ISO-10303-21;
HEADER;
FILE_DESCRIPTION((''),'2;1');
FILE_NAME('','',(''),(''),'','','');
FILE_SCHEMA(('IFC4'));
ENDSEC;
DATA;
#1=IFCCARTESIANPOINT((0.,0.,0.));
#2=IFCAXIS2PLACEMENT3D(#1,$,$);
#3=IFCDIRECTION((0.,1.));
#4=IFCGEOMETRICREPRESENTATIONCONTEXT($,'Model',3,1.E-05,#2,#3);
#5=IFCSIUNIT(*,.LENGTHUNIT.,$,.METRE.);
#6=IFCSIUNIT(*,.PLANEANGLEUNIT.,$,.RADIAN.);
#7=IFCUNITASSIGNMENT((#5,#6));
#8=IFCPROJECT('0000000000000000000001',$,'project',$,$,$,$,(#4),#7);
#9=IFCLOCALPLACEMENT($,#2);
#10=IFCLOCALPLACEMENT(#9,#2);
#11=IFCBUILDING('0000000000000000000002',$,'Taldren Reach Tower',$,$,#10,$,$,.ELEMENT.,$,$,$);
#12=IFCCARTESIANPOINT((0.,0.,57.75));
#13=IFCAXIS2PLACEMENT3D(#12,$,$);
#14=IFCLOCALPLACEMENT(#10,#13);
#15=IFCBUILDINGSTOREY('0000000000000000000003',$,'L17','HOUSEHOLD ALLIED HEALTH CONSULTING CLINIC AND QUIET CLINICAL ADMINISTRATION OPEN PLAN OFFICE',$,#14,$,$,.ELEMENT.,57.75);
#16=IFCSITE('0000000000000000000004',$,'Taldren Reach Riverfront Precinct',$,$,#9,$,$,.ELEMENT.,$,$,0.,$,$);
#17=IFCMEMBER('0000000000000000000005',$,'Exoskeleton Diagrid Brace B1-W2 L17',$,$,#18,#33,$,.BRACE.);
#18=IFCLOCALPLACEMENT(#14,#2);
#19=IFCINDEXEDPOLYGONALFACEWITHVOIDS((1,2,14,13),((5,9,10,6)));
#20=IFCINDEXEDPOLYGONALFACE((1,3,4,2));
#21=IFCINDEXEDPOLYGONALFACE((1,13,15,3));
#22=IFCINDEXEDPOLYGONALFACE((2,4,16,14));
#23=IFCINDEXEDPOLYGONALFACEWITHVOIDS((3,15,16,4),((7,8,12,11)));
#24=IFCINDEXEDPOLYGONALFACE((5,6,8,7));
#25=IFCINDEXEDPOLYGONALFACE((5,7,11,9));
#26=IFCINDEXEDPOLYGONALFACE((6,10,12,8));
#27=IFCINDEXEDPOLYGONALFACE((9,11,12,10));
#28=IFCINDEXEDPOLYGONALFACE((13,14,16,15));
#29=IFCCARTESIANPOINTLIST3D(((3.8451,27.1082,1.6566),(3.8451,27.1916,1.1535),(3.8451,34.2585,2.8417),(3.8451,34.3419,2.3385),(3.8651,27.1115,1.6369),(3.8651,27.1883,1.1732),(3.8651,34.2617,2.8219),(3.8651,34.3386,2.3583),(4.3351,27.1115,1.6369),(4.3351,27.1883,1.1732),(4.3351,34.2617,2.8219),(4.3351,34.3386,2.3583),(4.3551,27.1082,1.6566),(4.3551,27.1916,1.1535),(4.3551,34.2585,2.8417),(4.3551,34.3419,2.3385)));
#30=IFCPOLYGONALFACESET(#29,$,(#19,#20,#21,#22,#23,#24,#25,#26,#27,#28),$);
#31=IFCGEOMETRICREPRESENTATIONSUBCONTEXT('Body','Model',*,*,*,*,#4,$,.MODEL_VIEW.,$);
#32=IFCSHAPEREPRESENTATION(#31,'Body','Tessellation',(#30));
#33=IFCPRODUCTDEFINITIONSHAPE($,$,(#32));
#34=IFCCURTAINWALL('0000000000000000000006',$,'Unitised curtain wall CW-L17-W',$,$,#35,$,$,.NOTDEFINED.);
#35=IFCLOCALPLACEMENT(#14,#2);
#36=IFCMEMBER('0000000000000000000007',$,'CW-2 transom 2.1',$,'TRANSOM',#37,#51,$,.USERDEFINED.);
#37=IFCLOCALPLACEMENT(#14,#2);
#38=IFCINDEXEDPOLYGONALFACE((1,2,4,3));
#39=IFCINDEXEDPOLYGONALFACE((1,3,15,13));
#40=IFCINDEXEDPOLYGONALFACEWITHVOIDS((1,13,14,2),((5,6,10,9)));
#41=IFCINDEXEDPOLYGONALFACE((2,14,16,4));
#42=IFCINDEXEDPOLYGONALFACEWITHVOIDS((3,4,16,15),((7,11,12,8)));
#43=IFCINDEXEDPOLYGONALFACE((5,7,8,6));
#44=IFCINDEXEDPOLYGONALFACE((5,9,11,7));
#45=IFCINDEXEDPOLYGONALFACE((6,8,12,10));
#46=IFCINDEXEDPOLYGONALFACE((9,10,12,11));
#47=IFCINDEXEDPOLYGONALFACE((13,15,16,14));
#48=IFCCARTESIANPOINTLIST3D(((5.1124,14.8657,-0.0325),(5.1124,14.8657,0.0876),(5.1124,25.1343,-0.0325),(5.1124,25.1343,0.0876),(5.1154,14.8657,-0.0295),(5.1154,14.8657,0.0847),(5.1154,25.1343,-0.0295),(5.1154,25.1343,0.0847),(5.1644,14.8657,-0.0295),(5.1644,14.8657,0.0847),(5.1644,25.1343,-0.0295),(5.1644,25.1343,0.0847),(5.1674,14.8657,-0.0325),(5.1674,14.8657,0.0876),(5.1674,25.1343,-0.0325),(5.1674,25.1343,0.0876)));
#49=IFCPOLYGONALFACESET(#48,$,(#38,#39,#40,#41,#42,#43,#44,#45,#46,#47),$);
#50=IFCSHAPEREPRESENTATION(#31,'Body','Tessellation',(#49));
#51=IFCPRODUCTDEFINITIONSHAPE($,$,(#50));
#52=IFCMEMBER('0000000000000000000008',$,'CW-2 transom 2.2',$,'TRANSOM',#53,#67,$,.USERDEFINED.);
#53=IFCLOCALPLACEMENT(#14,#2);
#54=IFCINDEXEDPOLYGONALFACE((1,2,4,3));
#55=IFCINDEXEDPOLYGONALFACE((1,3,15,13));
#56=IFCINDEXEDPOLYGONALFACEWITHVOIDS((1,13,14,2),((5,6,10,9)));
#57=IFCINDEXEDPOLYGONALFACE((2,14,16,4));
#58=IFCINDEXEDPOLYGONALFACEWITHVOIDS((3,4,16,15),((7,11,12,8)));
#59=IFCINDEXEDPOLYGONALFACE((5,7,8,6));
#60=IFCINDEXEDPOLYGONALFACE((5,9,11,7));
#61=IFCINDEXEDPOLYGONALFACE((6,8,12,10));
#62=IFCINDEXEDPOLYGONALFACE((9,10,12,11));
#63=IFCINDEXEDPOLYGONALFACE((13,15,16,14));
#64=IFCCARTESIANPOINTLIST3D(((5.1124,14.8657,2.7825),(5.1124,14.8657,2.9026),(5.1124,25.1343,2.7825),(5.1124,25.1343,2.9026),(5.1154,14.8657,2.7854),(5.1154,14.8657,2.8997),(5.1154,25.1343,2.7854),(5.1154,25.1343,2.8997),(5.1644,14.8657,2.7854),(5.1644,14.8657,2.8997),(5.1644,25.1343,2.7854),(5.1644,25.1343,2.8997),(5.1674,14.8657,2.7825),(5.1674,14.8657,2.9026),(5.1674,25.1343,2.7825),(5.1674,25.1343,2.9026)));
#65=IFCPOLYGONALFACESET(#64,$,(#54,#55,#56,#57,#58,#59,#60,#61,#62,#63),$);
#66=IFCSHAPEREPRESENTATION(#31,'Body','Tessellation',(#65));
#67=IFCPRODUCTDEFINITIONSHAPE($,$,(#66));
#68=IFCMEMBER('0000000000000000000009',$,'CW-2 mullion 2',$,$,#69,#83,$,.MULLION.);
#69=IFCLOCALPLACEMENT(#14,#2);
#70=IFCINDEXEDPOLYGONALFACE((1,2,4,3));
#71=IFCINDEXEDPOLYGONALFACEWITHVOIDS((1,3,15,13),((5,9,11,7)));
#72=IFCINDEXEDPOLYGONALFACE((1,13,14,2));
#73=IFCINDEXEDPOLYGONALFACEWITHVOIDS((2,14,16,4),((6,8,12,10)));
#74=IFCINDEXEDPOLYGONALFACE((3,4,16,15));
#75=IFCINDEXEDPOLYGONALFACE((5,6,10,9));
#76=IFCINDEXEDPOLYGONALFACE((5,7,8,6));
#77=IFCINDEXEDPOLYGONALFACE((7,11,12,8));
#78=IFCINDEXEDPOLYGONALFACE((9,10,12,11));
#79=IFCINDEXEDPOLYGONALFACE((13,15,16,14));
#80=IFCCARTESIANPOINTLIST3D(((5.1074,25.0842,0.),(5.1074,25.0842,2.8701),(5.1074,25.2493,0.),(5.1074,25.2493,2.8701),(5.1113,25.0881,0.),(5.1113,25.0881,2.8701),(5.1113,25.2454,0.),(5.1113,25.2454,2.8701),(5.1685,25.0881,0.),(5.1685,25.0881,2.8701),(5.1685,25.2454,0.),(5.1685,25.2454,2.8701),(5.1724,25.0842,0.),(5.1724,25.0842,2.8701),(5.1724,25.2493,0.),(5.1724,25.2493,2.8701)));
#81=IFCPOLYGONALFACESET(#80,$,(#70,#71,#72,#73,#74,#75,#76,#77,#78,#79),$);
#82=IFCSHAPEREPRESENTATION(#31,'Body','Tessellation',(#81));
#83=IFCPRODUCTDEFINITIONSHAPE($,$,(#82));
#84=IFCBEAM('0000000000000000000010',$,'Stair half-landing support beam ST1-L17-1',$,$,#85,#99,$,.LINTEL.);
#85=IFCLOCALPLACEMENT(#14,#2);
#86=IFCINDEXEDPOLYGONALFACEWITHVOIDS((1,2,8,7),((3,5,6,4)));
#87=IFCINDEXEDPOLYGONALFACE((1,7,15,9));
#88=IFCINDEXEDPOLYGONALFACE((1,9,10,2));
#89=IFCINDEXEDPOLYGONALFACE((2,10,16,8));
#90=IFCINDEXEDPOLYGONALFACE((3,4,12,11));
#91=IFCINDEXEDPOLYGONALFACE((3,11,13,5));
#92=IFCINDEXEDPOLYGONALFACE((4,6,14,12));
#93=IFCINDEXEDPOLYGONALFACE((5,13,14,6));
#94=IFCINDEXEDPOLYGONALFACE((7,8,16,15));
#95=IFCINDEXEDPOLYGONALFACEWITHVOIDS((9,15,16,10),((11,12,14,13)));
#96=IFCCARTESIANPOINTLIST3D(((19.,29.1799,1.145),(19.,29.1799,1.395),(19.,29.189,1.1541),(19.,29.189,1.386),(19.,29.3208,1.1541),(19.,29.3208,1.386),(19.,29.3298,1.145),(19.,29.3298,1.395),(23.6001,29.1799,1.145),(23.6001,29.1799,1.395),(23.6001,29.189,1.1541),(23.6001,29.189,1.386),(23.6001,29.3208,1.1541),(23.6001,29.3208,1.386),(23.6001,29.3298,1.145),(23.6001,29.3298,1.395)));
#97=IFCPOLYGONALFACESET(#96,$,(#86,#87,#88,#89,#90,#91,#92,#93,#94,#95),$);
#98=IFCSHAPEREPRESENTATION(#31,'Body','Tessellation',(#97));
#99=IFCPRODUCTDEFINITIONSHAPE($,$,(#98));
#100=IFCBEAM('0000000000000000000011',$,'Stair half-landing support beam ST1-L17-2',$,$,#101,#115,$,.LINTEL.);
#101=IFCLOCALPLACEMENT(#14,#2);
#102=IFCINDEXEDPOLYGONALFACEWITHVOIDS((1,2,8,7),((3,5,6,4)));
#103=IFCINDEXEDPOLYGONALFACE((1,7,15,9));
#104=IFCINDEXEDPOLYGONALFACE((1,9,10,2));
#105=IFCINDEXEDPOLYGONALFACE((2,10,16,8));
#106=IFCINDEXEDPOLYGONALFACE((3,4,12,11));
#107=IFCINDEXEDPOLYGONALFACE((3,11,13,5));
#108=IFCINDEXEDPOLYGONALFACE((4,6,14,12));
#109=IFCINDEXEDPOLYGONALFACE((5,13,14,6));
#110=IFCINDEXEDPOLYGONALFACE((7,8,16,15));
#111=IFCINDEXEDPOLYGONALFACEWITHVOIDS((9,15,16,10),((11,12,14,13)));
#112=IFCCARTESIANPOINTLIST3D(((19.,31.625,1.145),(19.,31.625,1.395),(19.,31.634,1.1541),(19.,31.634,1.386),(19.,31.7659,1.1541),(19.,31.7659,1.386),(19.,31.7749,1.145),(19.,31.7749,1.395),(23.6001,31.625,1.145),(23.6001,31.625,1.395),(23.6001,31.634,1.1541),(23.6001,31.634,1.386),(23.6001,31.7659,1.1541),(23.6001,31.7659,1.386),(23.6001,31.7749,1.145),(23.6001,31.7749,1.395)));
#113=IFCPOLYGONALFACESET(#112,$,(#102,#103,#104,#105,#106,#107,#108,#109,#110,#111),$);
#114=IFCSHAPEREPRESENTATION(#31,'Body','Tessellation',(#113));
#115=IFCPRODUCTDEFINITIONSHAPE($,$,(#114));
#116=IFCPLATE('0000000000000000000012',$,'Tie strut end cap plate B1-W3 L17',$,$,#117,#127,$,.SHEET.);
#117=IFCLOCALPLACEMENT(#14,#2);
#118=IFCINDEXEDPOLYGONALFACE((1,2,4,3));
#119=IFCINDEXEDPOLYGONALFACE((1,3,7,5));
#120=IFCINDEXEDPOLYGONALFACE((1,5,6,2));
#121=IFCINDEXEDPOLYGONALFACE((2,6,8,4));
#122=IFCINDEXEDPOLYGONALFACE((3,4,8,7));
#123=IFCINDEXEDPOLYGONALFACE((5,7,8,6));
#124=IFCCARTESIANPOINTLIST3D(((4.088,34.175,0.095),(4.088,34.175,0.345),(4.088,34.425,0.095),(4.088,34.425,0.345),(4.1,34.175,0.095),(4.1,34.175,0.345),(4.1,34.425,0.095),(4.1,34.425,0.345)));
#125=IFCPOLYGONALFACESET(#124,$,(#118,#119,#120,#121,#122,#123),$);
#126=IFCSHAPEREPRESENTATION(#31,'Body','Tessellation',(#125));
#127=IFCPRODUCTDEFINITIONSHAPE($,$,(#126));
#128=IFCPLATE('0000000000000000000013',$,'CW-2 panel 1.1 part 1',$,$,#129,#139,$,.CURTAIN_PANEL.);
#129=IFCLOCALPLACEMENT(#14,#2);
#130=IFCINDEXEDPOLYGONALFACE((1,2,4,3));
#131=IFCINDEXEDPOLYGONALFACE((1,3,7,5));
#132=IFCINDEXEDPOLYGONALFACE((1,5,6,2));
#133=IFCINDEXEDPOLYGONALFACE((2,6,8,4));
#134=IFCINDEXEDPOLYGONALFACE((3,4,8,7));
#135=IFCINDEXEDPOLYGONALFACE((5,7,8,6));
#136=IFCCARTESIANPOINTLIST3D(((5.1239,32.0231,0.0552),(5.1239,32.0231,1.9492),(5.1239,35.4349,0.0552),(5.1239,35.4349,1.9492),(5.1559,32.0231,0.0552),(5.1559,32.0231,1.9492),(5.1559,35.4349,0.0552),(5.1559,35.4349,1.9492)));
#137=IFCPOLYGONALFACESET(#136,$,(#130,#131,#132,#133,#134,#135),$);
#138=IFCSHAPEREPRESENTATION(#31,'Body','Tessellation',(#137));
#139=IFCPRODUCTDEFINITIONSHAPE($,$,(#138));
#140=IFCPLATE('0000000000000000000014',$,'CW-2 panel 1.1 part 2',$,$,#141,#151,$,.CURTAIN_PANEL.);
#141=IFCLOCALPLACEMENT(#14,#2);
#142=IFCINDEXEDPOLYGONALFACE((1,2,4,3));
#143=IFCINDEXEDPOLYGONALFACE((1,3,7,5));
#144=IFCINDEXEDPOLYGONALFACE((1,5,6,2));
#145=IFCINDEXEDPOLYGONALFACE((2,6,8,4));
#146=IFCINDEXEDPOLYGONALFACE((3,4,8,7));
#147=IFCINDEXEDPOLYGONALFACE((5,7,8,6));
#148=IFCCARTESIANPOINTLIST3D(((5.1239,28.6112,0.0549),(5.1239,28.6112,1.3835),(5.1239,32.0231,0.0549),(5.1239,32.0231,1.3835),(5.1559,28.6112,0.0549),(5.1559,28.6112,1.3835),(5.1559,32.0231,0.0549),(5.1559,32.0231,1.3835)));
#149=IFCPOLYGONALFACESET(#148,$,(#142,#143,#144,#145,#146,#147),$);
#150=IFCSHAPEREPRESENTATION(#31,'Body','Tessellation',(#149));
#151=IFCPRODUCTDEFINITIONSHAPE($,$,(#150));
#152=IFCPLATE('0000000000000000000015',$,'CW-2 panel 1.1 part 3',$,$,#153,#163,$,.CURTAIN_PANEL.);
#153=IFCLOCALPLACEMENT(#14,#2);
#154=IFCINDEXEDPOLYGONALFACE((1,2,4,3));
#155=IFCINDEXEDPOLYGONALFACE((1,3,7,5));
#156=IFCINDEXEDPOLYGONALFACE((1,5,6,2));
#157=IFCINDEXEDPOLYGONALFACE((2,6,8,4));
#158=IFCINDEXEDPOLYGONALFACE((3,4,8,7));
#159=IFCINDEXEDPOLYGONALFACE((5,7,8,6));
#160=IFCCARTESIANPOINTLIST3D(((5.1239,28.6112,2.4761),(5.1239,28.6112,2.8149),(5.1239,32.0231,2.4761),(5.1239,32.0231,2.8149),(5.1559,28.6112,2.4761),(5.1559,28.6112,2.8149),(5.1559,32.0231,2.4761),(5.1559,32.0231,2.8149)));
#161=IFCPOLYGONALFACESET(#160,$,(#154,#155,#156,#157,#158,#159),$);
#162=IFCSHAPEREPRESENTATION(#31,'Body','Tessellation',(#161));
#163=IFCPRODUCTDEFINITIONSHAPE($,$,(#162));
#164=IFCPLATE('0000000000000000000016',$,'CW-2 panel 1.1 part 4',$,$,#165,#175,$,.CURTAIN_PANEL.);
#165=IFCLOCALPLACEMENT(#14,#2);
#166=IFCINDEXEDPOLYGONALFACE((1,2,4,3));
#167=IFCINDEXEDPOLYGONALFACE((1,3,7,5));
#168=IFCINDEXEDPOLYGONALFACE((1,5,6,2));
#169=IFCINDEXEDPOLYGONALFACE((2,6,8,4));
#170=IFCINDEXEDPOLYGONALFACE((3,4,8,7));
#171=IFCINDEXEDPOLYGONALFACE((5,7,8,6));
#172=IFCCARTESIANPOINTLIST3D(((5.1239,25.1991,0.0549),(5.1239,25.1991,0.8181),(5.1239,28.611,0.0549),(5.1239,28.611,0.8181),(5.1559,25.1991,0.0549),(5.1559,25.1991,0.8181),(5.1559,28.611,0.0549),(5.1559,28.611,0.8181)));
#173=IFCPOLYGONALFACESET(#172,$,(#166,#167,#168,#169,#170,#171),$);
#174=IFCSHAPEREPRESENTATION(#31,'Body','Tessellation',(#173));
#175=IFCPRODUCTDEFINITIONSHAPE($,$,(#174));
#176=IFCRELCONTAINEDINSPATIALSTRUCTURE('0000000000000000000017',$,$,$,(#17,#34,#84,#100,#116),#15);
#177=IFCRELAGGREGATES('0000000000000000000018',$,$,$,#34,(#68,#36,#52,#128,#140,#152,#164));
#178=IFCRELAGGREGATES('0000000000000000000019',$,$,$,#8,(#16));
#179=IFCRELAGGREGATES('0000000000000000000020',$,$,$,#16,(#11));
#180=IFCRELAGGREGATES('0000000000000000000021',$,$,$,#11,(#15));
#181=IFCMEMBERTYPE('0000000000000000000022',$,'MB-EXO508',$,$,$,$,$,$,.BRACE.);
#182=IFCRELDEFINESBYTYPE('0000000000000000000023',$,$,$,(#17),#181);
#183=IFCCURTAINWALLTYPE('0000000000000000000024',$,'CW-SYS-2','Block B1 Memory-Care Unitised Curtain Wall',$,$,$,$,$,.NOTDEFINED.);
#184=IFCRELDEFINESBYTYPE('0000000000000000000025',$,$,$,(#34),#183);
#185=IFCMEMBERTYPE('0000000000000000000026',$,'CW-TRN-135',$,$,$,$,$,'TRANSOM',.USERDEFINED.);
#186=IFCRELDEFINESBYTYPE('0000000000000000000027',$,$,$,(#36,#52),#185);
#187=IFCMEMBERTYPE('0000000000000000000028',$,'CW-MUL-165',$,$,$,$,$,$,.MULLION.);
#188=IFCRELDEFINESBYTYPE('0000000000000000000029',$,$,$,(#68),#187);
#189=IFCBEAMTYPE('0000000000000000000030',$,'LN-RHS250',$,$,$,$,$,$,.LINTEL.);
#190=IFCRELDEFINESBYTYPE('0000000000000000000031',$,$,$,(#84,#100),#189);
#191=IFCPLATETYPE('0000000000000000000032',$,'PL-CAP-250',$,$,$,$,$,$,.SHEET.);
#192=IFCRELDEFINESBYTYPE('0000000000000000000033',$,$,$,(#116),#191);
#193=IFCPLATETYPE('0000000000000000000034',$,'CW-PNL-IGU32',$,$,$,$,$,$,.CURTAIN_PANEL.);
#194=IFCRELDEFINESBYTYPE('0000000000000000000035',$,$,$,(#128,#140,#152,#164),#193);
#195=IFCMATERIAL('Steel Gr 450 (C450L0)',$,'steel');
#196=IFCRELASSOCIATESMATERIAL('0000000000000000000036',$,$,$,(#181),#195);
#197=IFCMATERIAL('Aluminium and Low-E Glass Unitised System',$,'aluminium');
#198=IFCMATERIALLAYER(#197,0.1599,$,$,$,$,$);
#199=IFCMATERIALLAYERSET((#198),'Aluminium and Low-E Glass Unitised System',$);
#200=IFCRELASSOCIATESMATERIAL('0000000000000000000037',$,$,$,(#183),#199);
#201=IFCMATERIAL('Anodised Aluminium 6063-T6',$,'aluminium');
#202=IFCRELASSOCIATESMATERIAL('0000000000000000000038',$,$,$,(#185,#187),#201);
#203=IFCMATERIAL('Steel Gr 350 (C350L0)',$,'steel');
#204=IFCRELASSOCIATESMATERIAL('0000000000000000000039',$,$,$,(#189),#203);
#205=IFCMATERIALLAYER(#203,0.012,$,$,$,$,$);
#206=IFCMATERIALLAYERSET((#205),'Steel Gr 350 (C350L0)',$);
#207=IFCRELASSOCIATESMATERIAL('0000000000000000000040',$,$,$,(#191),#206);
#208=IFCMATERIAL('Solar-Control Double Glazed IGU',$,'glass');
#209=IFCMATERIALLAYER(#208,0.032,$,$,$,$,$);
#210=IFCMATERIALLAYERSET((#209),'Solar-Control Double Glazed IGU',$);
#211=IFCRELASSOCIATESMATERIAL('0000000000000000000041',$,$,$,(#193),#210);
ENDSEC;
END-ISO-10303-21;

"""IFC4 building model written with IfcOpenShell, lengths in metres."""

from ifc_helpers import new_model, si_unit, direction, frame, origin, origin_2d, place, context, subcontext, project, spatial, rectangle, hollow_rectangle, extrude, source, transform, mapped, material, layer, layer_set, material_profile, profile_set, type_object, element, aggregate, save


model = new_model("IFC4")

# Units and contexts
model_context = context("Model", 3, precision=1e-05, world=origin(), true_north=direction((0.0, 1.0)))
body_context = subcontext(model_context, "Body", "Model", "MODEL_VIEW")
ifc_project = project(units=[si_unit("LENGTHUNIT", "METRE"), si_unit("PLANEANGLEUNIT", "RADIAN")], contexts=[model_context])

# Site, building, storey
site_placement = place(None, origin())
site = spatial("IfcSite", under=ifc_project, at=site_placement, Name="Taldren Reach Riverfront Precinct", CompositionType="ELEMENT", RefElevation=0.0)
building_placement = place(site_placement, origin())
building = spatial("IfcBuilding", under=site, at=building_placement, Name="Taldren Reach Tower", CompositionType="ELEMENT")
storey_placement = place(building_placement, frame((0.0, 0.0, 57.75)))
storey = spatial("IfcBuildingStorey", under=building, at=storey_placement, Name="L17", Description="HOUSEHOLD ALLIED HEALTH CONSULTING CLINIC AND QUIET CLINICAL ADMINISTRATION OPEN PLAN OFFICE", CompositionType="ELEMENT", Elevation=57.75)

# Member
ifc_material_1 = material(Name="Steel Gr 450 (C450L0)", Category="steel")
ifc_material_profile_1 = material_profile(ifc_material_1, hollow_rectangle(XDim=0.51, YDim=0.51, WallThickness=0.02, at=origin_2d()), Name="510x510x20.0SHS")
ifc_profile_set_1 = profile_set([ifc_material_profile_1], Name="Steel Gr 450 (C450L0)")
member_type_1 = type_object("IfcMemberType", Name="MB-EXO508", PredefinedType="BRACE", material=ifc_profile_set_1)
shared_shape_1 = source(origin(), body_context, "Body", "SweptSolid", [
    extrude(hollow_rectangle(XDim=0.51, YDim=0.51, WallThickness=0.02, at=origin_2d()), origin(), (0.0, 0.0, 1.0), 7.2478),
])
member_1_placement = place(storey_placement, frame((4.1001, 27.1499, 1.405), z_axis=(0.0, 0.986542, 0.163509), x_axis=(-1.0, 0.0, 0.0)))
element("IfcMember", 1, at=member_1_placement, inside=storey, type_object=member_type_1, Name="Exoskeleton Diagrid Brace B1-W2 L17", PredefinedType="BRACE", context=body_context, shape_type="MappedRepresentation", body=[
    mapped(shared_shape_1, transform((0.0, 0.0, 0.0), scale=1.0)),
])

# Curtain wall, members
ifc_material_2 = material(Name="Aluminium and Low-E Glass Unitised System", Category="aluminium")
ifc_layer_1 = layer(ifc_material_2, 0.1599)
ifc_layer_set_1 = layer_set([ifc_layer_1], Name="Aluminium and Low-E Glass Unitised System")
curtain_wall_type = type_object("IfcCurtainWallType", Name="CW-SYS-2", Description="Block B1 Memory-Care Unitised Curtain Wall", PredefinedType="NOTDEFINED", material=ifc_layer_set_1)
curtain_wall_placement = place(storey_placement, origin())
curtain_wall = element("IfcCurtainWall", 2, at=curtain_wall_placement, inside=storey, type_object=curtain_wall_type, Name="Unitised curtain wall CW-L17-W", PredefinedType="NOTDEFINED")
ifc_material_3 = material(Name="Anodised Aluminium 6063-T6", Category="aluminium")
ifc_material_profile_2 = material_profile(ifc_material_3, hollow_rectangle(XDim=0.0549, YDim=0.1201, WallThickness=0.0029, at=origin_2d()), Name="ALU-120x55x3RHS")
ifc_profile_set_2 = profile_set([ifc_material_profile_2], Name="Anodised Aluminium 6063-T6")
member_type_2 = type_object("IfcMemberType", Name="CW-TRN-135", ElementType="TRANSOM", PredefinedType="USERDEFINED", material=ifc_profile_set_2)
shared_shape_2 = source(origin(), body_context, "Body", "SweptSolid", [
    extrude(hollow_rectangle(XDim=0.0549, YDim=0.1201, WallThickness=0.0029, at=origin_2d()), origin(), (0.0, 0.0, 1.0), 10.2686),
])
member_2_placement = place(storey_placement, frame((5.1399, 25.1343, 0.0276), z_axis=(0.0, -1.0, 0.0), x_axis=(1.0, 0.0, 0.0)))
member_2 = element("IfcMember", 3, at=member_2_placement, type_object=member_type_2, Name="CW-2 transom 2.1", ObjectType="TRANSOM", PredefinedType="USERDEFINED", context=body_context, shape_type="MappedRepresentation", body=[
    mapped(shared_shape_2, transform((0.0, 0.0, 0.0), scale=1.0)),
])
member_3_placement = place(storey_placement, frame((5.1399, 25.1343, 2.8425), z_axis=(0.0, -1.0, 0.0), x_axis=(1.0, 0.0, 0.0)))
member_3 = element("IfcMember", 4, at=member_3_placement, type_object=member_type_2, Name="CW-2 transom 2.2", ObjectType="TRANSOM", PredefinedType="USERDEFINED", context=body_context, shape_type="MappedRepresentation", body=[
    mapped(shared_shape_2, transform((0.0, 0.0, 0.0), scale=1.0)),
])
ifc_material_profile_3 = material_profile(ifc_material_3, hollow_rectangle(XDim=0.0649, YDim=0.165, WallThickness=0.0039, at=origin_2d()), Name="ALU-165x65x4RHS")
ifc_profile_set_3 = profile_set([ifc_material_profile_3], Name="Anodised Aluminium 6063-T6")
member_type_3 = type_object("IfcMemberType", Name="CW-MUL-165", PredefinedType="MULLION", material=ifc_profile_set_3)
shared_shape_3 = source(origin(), body_context, "Body", "SweptSolid", [
    extrude(hollow_rectangle(XDim=0.0649, YDim=0.165, WallThickness=0.0039, at=origin_2d()), origin(), (0.0, 0.0, 1.0), 2.8701),
])
member_4_placement = place(storey_placement, frame((5.1399, 25.1667, 0.0), z_axis=(0.0, 0.0, 1.0), x_axis=(1.0, 0.0, 0.0)))
member_4 = element("IfcMember", 5, at=member_4_placement, type_object=member_type_3, Name="CW-2 mullion 2", PredefinedType="MULLION", context=body_context, shape_type="MappedRepresentation", body=[
    mapped(shared_shape_3, transform((0.0, 0.0, 0.0), scale=1.0)),
])

# Beams
ifc_material_4 = material(Name="Steel Gr 350 (C350L0)", Category="steel")
ifc_material_profile_4 = material_profile(ifc_material_4, hollow_rectangle(XDim=0.1499, YDim=0.25, WallThickness=0.009, at=origin_2d()), Name="250x150x9.0RHS")
ifc_profile_set_4 = profile_set([ifc_material_profile_4], Name="Steel Gr 350 (C350L0)")
beam_type_1 = type_object("IfcBeamType", Name="LN-RHS250", PredefinedType="LINTEL", material=ifc_profile_set_4)
shared_shape_4 = source(origin(), body_context, "Body", "SweptSolid", [
    extrude(hollow_rectangle(XDim=0.1499, YDim=0.25, WallThickness=0.009, at=origin_2d()), origin(), (0.0, 0.0, 1.0), 4.6001),
])
for number, where, z_axis, x_axis, name in (
    (6, (19.0, 29.2549, 1.27), (1.0, 0.0, 0.0), (0.0, 1.0, 0.0), "Stair half-landing support beam ST1-L17-1"),
    (7, (19.0, 31.7, 1.27), (1.0, 0.0, 0.0), (0.0, 1.0, 0.0), "Stair half-landing support beam ST1-L17-2"),
):
    element("IfcBeam", number, at=place(storey_placement, frame(where, z_axis=z_axis, x_axis=x_axis)), inside=storey, type_object=beam_type_1, Name=name, PredefinedType="LINTEL", context=body_context, shape_type="MappedRepresentation", body=[
        mapped(shared_shape_4, transform((0.0, 0.0, 0.0), scale=1.0)),
    ])

# Plates
ifc_layer_2 = layer(ifc_material_4, 0.012)
ifc_layer_set_2 = layer_set([ifc_layer_2], Name="Steel Gr 350 (C350L0)")
plate_type_1 = type_object("IfcPlateType", Name="PL-CAP-250", PredefinedType="SHEET", material=ifc_layer_set_2)
shared_shape_5 = source(origin(), body_context, "Body", "SweptSolid", [
    extrude(rectangle(XDim=0.012, YDim=0.25, at=origin_2d()), origin(), (0.0, 0.0, 1.0), 0.25),
])
plate_1_placement = place(storey_placement, frame((4.094, 34.3, 0.095), z_axis=(0.0, 0.0, 1.0), x_axis=(1.0, 0.0, 0.0)))
element("IfcPlate", 8, at=plate_1_placement, inside=storey, type_object=plate_type_1, Name="Tie strut end cap plate B1-W3 L17", PredefinedType="SHEET", context=body_context, shape_type="MappedRepresentation", body=[
    mapped(shared_shape_5, transform((0.0, 0.0, 0.0), scale=1.0)),
])
ifc_material_5 = material(Name="Solar-Control Double Glazed IGU", Category="glass")
ifc_layer_3 = layer(ifc_material_5, 0.032)
ifc_layer_set_3 = layer_set([ifc_layer_3], Name="Solar-Control Double Glazed IGU")
plate_type_2 = type_object("IfcPlateType", Name="CW-PNL-IGU32", PredefinedType="CURTAIN_PANEL", material=ifc_layer_set_3)
shared_shape_6 = source(origin(), body_context, "Body", "SweptSolid", [
    extrude(rectangle(XDim=3.4119, YDim=0.032, at=origin_2d()), origin(), (0.0, 0.0, 1.0), 1.894),
])
plate_2_placement = place(storey_placement, frame((5.1399, 33.729, 0.0552), z_axis=(0.0, 0.0, 1.0), x_axis=(0.0, -1.0, 0.0)))
plate_2 = element("IfcPlate", 9, at=plate_2_placement, type_object=plate_type_2, Name="CW-2 panel 1.1 part 1", PredefinedType="CURTAIN_PANEL", context=body_context, shape_type="MappedRepresentation", body=[
    mapped(shared_shape_6, transform((0.0, 0.0, 0.0), scale=1.0)),
])
shared_shape_7 = source(origin(), body_context, "Body", "SweptSolid", [
    extrude(rectangle(XDim=3.4119, YDim=0.032, at=origin_2d()), origin(), (0.0, 0.0, 1.0), 1.3286),
])
plate_3_placement = place(storey_placement, frame((5.1399, 30.3171, 0.0549), z_axis=(0.0, 0.0, 1.0), x_axis=(0.0, -1.0, 0.0)))
plate_3 = element("IfcPlate", 10, at=plate_3_placement, type_object=plate_type_2, Name="CW-2 panel 1.1 part 2", PredefinedType="CURTAIN_PANEL", context=body_context, shape_type="MappedRepresentation", body=[
    mapped(shared_shape_7, transform((0.0, 0.0, 0.0), scale=1.0)),
])
shared_shape_8 = source(origin(), body_context, "Body", "SweptSolid", [
    extrude(rectangle(XDim=3.4119, YDim=0.032, at=origin_2d()), origin(), (0.0, 0.0, 1.0), 0.3389),
])
plate_4_placement = place(storey_placement, frame((5.1399, 30.3171, 2.4761), z_axis=(0.0, 0.0, 1.0), x_axis=(0.0, -1.0, 0.0)))
plate_4 = element("IfcPlate", 11, at=plate_4_placement, type_object=plate_type_2, Name="CW-2 panel 1.1 part 3", PredefinedType="CURTAIN_PANEL", context=body_context, shape_type="MappedRepresentation", body=[
    mapped(shared_shape_8, transform((0.0, 0.0, 0.0), scale=1.0)),
])
shared_shape_9 = source(origin(), body_context, "Body", "SweptSolid", [
    extrude(rectangle(XDim=3.4119, YDim=0.032, at=origin_2d()), origin(), (0.0, 0.0, 1.0), 0.7632),
])
plate_5_placement = place(storey_placement, frame((5.1399, 26.905, 0.0549), z_axis=(0.0, 0.0, 1.0), x_axis=(0.0, -1.0, 0.0)))
plate_5 = element("IfcPlate", 12, at=plate_5_placement, type_object=plate_type_2, Name="CW-2 panel 1.1 part 4", PredefinedType="CURTAIN_PANEL", context=body_context, shape_type="MappedRepresentation", body=[
    mapped(shared_shape_9, transform((0.0, 0.0, 0.0), scale=1.0)),
])
aggregate(curtain_wall, [member_4, member_2, member_3, plate_2, plate_3, plate_4, plate_5])

save(model, "model.ifc")
